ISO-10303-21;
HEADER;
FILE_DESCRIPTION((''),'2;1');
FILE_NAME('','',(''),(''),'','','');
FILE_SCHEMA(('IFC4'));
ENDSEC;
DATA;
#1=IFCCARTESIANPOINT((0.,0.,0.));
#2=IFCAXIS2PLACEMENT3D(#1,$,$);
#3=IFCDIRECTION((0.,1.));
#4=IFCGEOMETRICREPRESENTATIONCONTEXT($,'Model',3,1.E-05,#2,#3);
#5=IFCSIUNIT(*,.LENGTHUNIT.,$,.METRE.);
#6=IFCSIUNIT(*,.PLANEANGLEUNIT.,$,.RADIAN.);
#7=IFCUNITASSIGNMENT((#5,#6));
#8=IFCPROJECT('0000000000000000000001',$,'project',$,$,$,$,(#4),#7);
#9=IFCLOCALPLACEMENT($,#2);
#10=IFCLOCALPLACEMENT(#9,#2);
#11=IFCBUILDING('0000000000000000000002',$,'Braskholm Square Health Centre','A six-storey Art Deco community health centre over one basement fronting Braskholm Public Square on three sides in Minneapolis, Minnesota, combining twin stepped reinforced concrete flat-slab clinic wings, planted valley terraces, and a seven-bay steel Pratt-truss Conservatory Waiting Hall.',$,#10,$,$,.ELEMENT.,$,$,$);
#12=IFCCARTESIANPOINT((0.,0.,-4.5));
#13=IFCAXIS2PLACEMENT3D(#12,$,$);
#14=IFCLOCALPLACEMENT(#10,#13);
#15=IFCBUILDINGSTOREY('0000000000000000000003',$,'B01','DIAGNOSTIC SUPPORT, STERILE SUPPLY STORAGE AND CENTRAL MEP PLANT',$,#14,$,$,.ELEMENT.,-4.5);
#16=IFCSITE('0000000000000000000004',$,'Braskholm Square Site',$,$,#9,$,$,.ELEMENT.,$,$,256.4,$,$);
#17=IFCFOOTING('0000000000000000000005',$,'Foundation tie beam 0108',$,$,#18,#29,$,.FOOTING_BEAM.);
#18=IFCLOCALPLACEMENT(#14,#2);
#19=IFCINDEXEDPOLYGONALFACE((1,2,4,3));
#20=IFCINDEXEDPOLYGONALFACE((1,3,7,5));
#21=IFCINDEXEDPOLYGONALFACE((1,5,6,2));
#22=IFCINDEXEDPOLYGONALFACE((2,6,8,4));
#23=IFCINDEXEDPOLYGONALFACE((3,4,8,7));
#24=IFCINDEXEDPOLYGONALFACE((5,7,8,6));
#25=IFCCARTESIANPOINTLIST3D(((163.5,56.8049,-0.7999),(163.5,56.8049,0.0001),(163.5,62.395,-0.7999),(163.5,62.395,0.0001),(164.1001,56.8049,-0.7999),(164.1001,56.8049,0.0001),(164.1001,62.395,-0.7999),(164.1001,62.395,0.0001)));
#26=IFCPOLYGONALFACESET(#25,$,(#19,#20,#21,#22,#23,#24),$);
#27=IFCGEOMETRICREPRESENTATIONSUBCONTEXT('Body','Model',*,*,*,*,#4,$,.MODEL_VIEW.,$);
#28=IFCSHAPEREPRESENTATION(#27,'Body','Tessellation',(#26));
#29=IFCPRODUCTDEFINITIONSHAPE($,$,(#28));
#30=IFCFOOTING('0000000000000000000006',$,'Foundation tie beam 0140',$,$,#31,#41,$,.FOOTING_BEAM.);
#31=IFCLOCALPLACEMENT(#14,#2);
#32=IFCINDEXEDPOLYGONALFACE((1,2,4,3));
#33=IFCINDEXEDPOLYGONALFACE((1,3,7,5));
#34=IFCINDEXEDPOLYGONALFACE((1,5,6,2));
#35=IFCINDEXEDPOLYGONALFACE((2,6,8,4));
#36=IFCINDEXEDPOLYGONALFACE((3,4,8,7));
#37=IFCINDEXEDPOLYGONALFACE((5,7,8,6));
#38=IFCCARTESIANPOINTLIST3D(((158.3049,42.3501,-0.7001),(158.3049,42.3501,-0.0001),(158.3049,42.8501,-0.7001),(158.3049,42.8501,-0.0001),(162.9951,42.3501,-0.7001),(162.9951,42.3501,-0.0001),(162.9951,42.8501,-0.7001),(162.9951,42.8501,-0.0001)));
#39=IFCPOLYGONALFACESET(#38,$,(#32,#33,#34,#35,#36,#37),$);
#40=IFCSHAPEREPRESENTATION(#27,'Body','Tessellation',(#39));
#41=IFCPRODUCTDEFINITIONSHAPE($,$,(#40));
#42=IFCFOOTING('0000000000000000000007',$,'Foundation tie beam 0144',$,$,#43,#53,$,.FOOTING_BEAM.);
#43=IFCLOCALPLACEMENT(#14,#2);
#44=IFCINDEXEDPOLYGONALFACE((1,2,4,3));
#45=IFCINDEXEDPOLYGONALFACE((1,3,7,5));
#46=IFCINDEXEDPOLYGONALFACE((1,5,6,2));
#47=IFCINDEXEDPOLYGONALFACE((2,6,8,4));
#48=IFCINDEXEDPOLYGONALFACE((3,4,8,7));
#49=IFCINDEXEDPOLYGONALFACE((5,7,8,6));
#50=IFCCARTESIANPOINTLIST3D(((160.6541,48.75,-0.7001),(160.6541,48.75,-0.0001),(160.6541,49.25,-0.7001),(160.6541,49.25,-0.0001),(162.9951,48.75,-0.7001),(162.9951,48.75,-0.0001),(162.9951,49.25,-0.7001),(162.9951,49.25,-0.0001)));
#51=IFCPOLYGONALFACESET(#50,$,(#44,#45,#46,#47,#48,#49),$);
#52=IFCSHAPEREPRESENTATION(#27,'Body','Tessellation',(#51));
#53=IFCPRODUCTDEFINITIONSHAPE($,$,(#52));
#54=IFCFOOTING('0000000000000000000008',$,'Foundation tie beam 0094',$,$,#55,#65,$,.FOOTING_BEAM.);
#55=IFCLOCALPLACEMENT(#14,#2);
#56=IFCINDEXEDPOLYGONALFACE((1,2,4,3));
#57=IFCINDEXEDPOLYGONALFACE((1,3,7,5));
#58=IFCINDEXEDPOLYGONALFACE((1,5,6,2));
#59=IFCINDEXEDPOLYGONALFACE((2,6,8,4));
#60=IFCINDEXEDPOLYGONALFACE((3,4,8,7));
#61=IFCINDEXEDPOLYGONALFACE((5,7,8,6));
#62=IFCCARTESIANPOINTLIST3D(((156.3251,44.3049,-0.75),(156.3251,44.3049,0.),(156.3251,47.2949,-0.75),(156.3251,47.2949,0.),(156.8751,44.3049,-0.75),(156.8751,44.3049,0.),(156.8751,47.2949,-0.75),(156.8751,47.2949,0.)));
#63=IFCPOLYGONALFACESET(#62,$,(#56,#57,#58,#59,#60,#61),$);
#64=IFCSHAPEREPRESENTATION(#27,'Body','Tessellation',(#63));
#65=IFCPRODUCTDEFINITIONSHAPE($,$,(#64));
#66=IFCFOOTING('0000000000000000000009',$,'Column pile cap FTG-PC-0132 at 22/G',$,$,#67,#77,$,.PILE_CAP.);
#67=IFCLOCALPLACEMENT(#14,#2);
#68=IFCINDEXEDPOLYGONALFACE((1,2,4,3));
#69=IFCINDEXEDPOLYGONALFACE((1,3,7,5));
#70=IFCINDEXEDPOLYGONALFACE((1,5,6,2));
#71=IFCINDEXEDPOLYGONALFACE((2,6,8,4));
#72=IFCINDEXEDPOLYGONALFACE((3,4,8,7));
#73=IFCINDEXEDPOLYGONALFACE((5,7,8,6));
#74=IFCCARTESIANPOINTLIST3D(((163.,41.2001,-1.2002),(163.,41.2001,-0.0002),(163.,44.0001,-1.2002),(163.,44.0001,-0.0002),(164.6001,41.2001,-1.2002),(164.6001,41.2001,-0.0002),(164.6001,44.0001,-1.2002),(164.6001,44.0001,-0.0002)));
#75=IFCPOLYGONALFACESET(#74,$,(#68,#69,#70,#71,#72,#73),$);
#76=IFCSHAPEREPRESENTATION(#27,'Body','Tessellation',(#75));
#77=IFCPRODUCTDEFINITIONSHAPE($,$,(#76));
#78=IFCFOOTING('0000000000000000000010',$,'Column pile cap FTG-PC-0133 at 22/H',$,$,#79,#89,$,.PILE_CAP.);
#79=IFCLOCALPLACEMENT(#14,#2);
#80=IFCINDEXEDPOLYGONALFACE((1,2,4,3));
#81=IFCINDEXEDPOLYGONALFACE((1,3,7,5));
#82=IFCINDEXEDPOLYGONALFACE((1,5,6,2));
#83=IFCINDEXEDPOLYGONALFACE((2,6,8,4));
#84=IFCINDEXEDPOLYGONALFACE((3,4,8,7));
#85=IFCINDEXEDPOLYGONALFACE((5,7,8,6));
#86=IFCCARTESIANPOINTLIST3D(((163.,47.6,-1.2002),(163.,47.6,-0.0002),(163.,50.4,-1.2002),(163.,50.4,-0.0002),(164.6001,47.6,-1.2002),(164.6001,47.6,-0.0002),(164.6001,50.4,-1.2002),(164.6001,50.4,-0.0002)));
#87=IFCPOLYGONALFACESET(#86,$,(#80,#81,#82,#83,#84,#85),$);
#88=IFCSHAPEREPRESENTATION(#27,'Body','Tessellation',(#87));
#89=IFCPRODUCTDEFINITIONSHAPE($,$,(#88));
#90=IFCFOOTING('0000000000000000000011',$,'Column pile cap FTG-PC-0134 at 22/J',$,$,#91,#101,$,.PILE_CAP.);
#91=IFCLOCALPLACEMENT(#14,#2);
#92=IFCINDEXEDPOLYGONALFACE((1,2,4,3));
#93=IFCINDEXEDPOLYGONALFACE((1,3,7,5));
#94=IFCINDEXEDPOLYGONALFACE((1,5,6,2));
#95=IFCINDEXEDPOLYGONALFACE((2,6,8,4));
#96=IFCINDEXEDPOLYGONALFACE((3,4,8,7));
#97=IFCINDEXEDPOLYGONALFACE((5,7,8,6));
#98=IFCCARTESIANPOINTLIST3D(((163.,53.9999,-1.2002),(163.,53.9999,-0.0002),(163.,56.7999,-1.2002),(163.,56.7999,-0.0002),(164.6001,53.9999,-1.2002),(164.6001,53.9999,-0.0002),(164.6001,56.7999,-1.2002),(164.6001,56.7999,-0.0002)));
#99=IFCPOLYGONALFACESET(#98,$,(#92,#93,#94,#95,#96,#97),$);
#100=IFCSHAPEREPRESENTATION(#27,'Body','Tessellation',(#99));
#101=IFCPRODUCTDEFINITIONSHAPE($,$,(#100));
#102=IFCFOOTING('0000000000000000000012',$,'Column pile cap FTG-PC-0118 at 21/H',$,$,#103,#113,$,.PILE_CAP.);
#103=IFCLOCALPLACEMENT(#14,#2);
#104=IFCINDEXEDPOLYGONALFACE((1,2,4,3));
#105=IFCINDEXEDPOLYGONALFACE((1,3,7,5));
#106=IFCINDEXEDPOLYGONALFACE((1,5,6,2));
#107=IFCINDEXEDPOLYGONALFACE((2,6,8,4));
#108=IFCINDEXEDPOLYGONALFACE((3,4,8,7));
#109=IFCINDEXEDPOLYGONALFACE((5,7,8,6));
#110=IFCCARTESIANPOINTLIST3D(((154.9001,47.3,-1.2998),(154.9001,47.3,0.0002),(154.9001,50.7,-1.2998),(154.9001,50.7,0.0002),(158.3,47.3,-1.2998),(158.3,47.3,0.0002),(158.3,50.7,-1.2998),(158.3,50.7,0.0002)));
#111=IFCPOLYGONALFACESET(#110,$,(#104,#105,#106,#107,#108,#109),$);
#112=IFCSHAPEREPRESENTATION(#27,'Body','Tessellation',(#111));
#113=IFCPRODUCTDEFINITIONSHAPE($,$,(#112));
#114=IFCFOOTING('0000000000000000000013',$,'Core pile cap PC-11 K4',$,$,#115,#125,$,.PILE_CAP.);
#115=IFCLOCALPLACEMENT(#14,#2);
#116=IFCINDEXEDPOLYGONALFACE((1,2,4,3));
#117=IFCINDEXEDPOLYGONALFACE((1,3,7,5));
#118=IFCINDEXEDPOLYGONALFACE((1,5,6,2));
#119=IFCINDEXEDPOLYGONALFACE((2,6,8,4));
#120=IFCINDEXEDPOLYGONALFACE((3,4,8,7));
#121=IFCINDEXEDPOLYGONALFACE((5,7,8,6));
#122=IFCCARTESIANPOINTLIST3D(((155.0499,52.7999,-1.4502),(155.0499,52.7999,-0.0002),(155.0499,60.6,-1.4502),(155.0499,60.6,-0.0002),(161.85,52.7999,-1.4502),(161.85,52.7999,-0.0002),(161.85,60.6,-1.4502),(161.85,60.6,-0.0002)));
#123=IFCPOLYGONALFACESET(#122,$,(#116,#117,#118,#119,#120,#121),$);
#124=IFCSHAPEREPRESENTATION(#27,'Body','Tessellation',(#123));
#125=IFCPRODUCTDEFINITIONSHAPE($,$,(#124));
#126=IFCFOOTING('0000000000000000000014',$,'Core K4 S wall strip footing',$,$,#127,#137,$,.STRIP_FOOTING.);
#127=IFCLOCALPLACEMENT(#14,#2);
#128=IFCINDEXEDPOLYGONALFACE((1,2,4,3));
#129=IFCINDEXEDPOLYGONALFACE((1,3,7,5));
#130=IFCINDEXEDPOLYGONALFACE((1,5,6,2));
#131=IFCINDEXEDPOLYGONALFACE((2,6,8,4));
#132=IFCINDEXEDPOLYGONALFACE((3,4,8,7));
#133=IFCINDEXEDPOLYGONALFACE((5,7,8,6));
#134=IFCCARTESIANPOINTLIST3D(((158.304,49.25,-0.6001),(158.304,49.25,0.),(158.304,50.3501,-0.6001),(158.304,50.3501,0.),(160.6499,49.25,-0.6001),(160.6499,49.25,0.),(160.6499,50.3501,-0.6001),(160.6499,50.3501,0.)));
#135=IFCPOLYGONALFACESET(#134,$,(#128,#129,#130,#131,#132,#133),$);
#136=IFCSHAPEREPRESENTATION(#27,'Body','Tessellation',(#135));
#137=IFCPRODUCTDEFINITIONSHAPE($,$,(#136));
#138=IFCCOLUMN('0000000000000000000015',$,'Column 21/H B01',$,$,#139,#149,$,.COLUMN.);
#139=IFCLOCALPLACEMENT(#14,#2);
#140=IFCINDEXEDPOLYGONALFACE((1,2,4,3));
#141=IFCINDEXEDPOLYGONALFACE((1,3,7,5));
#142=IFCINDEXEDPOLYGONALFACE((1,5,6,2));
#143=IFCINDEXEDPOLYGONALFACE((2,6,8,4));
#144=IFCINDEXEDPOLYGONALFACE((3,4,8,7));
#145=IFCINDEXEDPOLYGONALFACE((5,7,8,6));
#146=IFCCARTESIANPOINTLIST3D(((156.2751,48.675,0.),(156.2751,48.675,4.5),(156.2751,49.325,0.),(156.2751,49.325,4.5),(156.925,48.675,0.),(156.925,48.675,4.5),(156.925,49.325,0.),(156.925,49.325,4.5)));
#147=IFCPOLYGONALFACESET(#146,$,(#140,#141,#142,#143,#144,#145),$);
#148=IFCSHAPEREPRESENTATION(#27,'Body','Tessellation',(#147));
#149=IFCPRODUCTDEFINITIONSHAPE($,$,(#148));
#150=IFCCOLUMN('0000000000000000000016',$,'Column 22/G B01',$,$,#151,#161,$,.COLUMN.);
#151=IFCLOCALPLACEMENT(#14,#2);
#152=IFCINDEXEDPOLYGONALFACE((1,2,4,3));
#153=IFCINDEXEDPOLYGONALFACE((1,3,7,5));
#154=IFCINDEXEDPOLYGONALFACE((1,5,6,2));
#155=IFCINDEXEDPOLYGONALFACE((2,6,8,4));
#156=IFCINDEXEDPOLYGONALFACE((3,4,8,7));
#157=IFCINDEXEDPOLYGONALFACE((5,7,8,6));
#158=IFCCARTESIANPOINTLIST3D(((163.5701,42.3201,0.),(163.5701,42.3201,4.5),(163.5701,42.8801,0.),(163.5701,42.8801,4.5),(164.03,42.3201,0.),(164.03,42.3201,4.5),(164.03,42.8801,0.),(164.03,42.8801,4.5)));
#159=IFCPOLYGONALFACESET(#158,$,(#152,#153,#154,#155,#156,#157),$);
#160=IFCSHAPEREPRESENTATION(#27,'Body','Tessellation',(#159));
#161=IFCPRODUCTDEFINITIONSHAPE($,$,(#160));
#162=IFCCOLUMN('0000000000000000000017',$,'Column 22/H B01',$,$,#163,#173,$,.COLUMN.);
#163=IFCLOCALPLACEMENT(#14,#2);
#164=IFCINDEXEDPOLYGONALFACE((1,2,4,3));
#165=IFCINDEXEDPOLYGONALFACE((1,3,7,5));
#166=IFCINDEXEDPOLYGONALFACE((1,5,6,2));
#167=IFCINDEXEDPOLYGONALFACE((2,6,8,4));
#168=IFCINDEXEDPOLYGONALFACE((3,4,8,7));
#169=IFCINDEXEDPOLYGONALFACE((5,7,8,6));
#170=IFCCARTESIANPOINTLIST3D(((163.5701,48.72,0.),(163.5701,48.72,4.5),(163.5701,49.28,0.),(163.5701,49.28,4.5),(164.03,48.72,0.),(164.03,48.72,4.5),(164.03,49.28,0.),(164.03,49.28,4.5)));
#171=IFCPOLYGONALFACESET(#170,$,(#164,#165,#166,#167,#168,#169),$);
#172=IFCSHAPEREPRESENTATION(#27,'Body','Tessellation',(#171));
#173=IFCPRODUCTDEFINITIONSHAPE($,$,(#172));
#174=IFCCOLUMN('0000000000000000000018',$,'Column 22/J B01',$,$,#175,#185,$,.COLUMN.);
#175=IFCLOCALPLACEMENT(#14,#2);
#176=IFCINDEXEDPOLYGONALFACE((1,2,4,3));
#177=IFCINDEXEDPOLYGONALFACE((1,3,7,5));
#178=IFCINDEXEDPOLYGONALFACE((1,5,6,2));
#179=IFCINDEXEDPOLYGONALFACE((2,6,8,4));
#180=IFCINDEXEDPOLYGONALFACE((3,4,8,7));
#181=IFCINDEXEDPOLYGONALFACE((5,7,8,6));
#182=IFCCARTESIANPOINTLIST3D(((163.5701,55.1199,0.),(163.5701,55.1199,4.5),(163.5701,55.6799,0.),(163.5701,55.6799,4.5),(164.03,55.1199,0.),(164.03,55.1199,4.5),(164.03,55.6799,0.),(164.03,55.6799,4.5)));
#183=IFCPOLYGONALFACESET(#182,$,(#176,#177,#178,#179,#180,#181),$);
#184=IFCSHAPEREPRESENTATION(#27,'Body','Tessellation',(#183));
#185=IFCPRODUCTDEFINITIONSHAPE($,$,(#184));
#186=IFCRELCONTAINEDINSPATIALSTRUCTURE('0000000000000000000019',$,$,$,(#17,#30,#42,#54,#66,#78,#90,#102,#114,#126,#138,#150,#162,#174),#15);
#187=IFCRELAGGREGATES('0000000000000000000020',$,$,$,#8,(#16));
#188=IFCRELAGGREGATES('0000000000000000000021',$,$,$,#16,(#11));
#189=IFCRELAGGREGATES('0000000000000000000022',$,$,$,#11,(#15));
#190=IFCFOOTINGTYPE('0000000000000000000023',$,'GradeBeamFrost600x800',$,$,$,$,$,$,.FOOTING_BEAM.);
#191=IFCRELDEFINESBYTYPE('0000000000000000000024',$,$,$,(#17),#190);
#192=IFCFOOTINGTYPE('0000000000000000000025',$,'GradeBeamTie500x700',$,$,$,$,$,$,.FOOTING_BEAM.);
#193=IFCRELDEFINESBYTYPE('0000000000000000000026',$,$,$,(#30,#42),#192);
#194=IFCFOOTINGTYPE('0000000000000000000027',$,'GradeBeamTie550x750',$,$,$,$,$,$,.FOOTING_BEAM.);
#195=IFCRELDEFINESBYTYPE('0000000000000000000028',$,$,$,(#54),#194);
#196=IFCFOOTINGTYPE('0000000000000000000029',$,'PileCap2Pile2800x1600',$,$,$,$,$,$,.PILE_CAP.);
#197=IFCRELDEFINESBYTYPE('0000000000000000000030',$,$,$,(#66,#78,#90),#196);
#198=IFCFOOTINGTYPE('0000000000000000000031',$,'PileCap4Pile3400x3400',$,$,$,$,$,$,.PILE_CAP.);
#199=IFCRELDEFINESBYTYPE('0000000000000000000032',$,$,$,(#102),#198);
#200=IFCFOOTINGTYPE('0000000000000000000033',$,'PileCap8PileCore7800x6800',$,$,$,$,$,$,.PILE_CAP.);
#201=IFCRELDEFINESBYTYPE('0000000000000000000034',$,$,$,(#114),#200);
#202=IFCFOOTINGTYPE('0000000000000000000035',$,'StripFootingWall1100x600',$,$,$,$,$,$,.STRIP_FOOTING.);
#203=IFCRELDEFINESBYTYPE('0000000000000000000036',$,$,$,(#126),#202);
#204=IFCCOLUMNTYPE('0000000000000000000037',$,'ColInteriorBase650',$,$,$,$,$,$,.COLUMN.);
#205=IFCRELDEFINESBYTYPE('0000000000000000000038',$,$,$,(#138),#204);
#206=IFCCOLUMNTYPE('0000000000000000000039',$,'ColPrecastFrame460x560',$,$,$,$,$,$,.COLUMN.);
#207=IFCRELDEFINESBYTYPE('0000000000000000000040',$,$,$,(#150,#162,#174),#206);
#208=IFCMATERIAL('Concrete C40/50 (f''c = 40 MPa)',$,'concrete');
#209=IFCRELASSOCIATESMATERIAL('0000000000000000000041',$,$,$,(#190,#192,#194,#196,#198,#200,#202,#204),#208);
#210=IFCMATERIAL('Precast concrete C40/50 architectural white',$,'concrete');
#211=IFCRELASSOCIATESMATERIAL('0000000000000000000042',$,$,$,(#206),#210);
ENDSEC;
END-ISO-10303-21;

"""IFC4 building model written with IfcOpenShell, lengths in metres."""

from ifc_helpers import new_model, si_unit, direction, frame, origin, origin_2d, place, context, subcontext, project, spatial, rectangle, extrude, material, material_profile, profile_set, type_object, element, save


model = new_model("IFC4")

# Units and contexts
model_context = context("Model", 3, precision=1e-05, world=origin(), true_north=direction((0.0, 1.0)))
body_context = subcontext(model_context, "Body", "Model", "MODEL_VIEW")
ifc_project = project(units=[si_unit("LENGTHUNIT", "METRE"), si_unit("PLANEANGLEUNIT", "RADIAN")], contexts=[model_context])

# Site, building, storey
site_placement = place(None, origin())
site = spatial("IfcSite", under=ifc_project, at=site_placement, Name="Braskholm Square Site", CompositionType="ELEMENT", RefElevation=256.4)
building_placement = place(site_placement, origin())
building = spatial("IfcBuilding", under=site, at=building_placement, Name="Braskholm Square Health Centre", Description="A six-storey Art Deco community health centre over one basement fronting Braskholm Public Square on three sides in Minneapolis, Minnesota, combining twin stepped reinforced concrete flat-slab clinic wings, planted valley terraces, and a seven-bay steel Pratt-truss Conservatory Waiting Hall.", CompositionType="ELEMENT")
storey_placement = place(building_placement, frame((0.0, 0.0, -4.5)))
storey = spatial("IfcBuildingStorey", under=building, at=storey_placement, Name="B01", Description="DIAGNOSTIC SUPPORT, STERILE SUPPLY STORAGE AND CENTRAL MEP PLANT", CompositionType="ELEMENT", Elevation=-4.5)

# Shared definitions
ifc_material_1 = material(Name="Concrete C40/50 (f'c = 40 MPa)", Category="concrete")

# Footings
ifc_material_profile_1 = material_profile(ifc_material_1, rectangle(XDim=0.6001, YDim=0.8, at=origin_2d()), Name="FTG-600X800")
ifc_profile_set_1 = profile_set([ifc_material_profile_1], Name="Concrete C40/50 (f'c = 40 MPa)")
footing_type_1 = type_object("IfcFootingType", Name="GradeBeamFrost600x800", PredefinedType="FOOTING_BEAM", material=ifc_profile_set_1)
footing_1_placement = place(storey_placement, frame((163.8, 56.8049, -0.3999), z_axis=(0.0, 1.0, 0.0), x_axis=(-1.0, 0.0, 0.0)))
element("IfcFooting", 1, at=footing_1_placement, inside=storey, type_object=footing_type_1, Name="Foundation tie beam 0108", PredefinedType="FOOTING_BEAM", context=body_context, shape_type="SweptSolid", body=[
    extrude(rectangle(XDim=0.6001, YDim=0.8, at=origin_2d()), origin(), (0.0, 0.0, 1.0), 5.5901),
])
ifc_material_profile_2 = material_profile(ifc_material_1, rectangle(XDim=0.5, YDim=0.7, at=origin_2d()), Name="FTG-500X700")
ifc_profile_set_2 = profile_set([ifc_material_profile_2], Name="Concrete C40/50 (f'c = 40 MPa)")
footing_type_2 = type_object("IfcFootingType", Name="GradeBeamTie500x700", PredefinedType="FOOTING_BEAM", material=ifc_profile_set_2)
footing_2_placement = place(storey_placement, frame((158.3049, 42.6001, -0.3501), z_axis=(1.0, 0.0, 0.0), x_axis=(0.0, 1.0, 0.0)))
element("IfcFooting", 2, at=footing_2_placement, inside=storey, type_object=footing_type_2, Name="Foundation tie beam 0140", PredefinedType="FOOTING_BEAM", context=body_context, shape_type="SweptSolid", body=[
    extrude(rectangle(XDim=0.5, YDim=0.7, at=origin_2d()), origin(), (0.0, 0.0, 1.0), 4.6902),
])
footing_3_placement = place(storey_placement, frame((160.6541, 49.0, -0.3501), z_axis=(1.0, 0.0, 0.0), x_axis=(0.0, 1.0, 0.0)))
element("IfcFooting", 3, at=footing_3_placement, inside=storey, type_object=footing_type_2, Name="Foundation tie beam 0144", PredefinedType="FOOTING_BEAM", context=body_context, shape_type="SweptSolid", body=[
    extrude(rectangle(XDim=0.5, YDim=0.7, at=origin_2d()), origin(), (0.0, 0.0, 1.0), 2.3411),
])
ifc_material_profile_3 = material_profile(ifc_material_1, rectangle(XDim=0.55, YDim=0.75, at=origin_2d()), Name="FTG-550X750")
ifc_profile_set_3 = profile_set([ifc_material_profile_3], Name="Concrete C40/50 (f'c = 40 MPa)")
footing_type_3 = type_object("IfcFootingType", Name="GradeBeamTie550x750", PredefinedType="FOOTING_BEAM", material=ifc_profile_set_3)
footing_4_placement = place(storey_placement, frame((156.6001, 44.3049, -0.375), z_axis=(0.0, 1.0, 0.0), x_axis=(-1.0, 0.0, 0.0)))
element("IfcFooting", 4, at=footing_4_placement, inside=storey, type_object=footing_type_3, Name="Foundation tie beam 0094", PredefinedType="FOOTING_BEAM", context=body_context, shape_type="SweptSolid", body=[
    extrude(rectangle(XDim=0.55, YDim=0.75, at=origin_2d()), origin(), (0.0, 0.0, 1.0), 2.99),
])
footing_type_4 = type_object("IfcFootingType", Name="PileCap2Pile2800x1600", PredefinedType="PILE_CAP", material=ifc_material_1)
for number, where, z_axis, x_axis, name in (
    (5, (163.8, 42.6001, -1.2002), (0.0, 0.0, 1.0), (0.0, 1.0, 0.0), "Column pile cap FTG-PC-0132 at 22/G"),
    (6, (163.8, 49.0, -1.2002), (0.0, 0.0, 1.0), (0.0, 1.0, 0.0), "Column pile cap FTG-PC-0133 at 22/H"),
    (7, (163.8, 55.3999, -1.2002), (0.0, 0.0, 1.0), (0.0, 1.0, 0.0), "Column pile cap FTG-PC-0134 at 22/J"),
):
    element("IfcFooting", number, at=place(storey_placement, frame(where, z_axis=z_axis, x_axis=x_axis)), inside=storey, type_object=footing_type_4, Name=name, PredefinedType="PILE_CAP", context=body_context, shape_type="SweptSolid", body=[
        extrude(rectangle(XDim=2.8, YDim=1.6001, at=origin_2d()), origin(), (0.0, 0.0, 1.0), 1.2),
    ])
footing_type_5 = type_object("IfcFootingType", Name="PileCap4Pile3400x3400", PredefinedType="PILE_CAP", material=ifc_material_1)
footing_5_placement = place(storey_placement, frame((156.6001, 49.0, -1.2998), z_axis=(0.0, 0.0, 1.0), x_axis=(1.0, 0.0, 0.0)))
element("IfcFooting", 8, at=footing_5_placement, inside=storey, type_object=footing_type_5, Name="Column pile cap FTG-PC-0118 at 21/H", PredefinedType="PILE_CAP", context=body_context, shape_type="SweptSolid", body=[
    extrude(rectangle(XDim=3.3999, YDim=3.3999, at=origin_2d()), origin(), (0.0, 0.0, 1.0), 1.3),
])
footing_type_6 = type_object("IfcFootingType", Name="PileCap8PileCore7800x6800", PredefinedType="PILE_CAP", material=ifc_material_1)
footing_6_placement = place(storey_placement, frame((158.45, 56.7, -1.4502), z_axis=(0.0, 0.0, 1.0), x_axis=(0.0, 1.0, 0.0)))
element("IfcFooting", 9, at=footing_6_placement, inside=storey, type_object=footing_type_6, Name="Core pile cap PC-11 K4", PredefinedType="PILE_CAP", context=body_context, shape_type="SweptSolid", body=[
    extrude(rectangle(XDim=7.8, YDim=6.8, at=origin_2d()), origin(), (0.0, 0.0, 1.0), 1.45),
])
ifc_material_profile_4 = material_profile(ifc_material_1, rectangle(XDim=1.1001, YDim=0.6001, at=origin_2d()), Name="FTG-1100X600")
ifc_profile_set_4 = profile_set([ifc_material_profile_4], Name="Concrete C40/50 (f'c = 40 MPa)")
footing_type_7 = type_object("IfcFootingType", Name="StripFootingWall1100x600", PredefinedType="STRIP_FOOTING", material=ifc_profile_set_4)
footing_7_placement = place(storey_placement, frame((158.304, 49.8, -0.3), z_axis=(1.0, 0.0, 0.0), x_axis=(0.0, 1.0, 0.0)))
element("IfcFooting", 10, at=footing_7_placement, inside=storey, type_object=footing_type_7, Name="Core K4 S wall strip footing", PredefinedType="STRIP_FOOTING", context=body_context, shape_type="SweptSolid", body=[
    extrude(rectangle(XDim=1.1001, YDim=0.6001, at=origin_2d()), origin(), (0.0, 0.0, 1.0), 2.3459),
])

# Columns
ifc_material_profile_5 = material_profile(ifc_material_1, rectangle(XDim=0.6499, YDim=0.6499, at=origin_2d()), Name="RC-650X650")
ifc_profile_set_5 = profile_set([ifc_material_profile_5], Name="Concrete C40/50 (f'c = 40 MPa)")
column_type_1 = type_object("IfcColumnType", Name="ColInteriorBase650", PredefinedType="COLUMN", material=ifc_profile_set_5)
column_placement = place(storey_placement, frame((156.6001, 49.0, 0.0), z_axis=(0.0, 0.0, 1.0), x_axis=(1.0, 0.0, 0.0)))
element("IfcColumn", 11, at=column_placement, inside=storey, type_object=column_type_1, Name="Column 21/H B01", PredefinedType="COLUMN", context=body_context, shape_type="SweptSolid", body=[
    extrude(rectangle(XDim=0.6499, YDim=0.6499, at=origin_2d()), origin(), (0.0, 0.0, 1.0), 4.5),
])
ifc_material_2 = material(Name="Precast concrete C40/50 architectural white", Category="concrete")
ifc_material_profile_6 = material_profile(ifc_material_2, rectangle(XDim=0.46, YDim=0.5601, at=origin_2d()), Name="RC-460X560")
ifc_profile_set_6 = profile_set([ifc_material_profile_6], Name="Precast concrete C40/50 architectural white")
column_type_2 = type_object("IfcColumnType", Name="ColPrecastFrame460x560", PredefinedType="COLUMN", material=ifc_profile_set_6)
for number, where, z_axis, x_axis, name in (
    (12, (163.8, 42.6001, 0.0), (0.0, 0.0, 1.0), (1.0, 0.0, 0.0), "Column 22/G B01"),
    (13, (163.8, 49.0, 0.0), (0.0, 0.0, 1.0), (1.0, 0.0, 0.0), "Column 22/H B01"),
    (14, (163.8, 55.3999, 0.0), (0.0, 0.0, 1.0), (1.0, 0.0, 0.0), "Column 22/J B01"),
):
    element("IfcColumn", number, at=place(storey_placement, frame(where, z_axis=z_axis, x_axis=x_axis)), inside=storey, type_object=column_type_2, Name=name, PredefinedType="COLUMN", context=body_context, shape_type="SweptSolid", body=[
        extrude(rectangle(XDim=0.46, YDim=0.5601, at=origin_2d()), origin(), (0.0, 0.0, 1.0), 4.5),
    ])

save(model, "model.ifc")
